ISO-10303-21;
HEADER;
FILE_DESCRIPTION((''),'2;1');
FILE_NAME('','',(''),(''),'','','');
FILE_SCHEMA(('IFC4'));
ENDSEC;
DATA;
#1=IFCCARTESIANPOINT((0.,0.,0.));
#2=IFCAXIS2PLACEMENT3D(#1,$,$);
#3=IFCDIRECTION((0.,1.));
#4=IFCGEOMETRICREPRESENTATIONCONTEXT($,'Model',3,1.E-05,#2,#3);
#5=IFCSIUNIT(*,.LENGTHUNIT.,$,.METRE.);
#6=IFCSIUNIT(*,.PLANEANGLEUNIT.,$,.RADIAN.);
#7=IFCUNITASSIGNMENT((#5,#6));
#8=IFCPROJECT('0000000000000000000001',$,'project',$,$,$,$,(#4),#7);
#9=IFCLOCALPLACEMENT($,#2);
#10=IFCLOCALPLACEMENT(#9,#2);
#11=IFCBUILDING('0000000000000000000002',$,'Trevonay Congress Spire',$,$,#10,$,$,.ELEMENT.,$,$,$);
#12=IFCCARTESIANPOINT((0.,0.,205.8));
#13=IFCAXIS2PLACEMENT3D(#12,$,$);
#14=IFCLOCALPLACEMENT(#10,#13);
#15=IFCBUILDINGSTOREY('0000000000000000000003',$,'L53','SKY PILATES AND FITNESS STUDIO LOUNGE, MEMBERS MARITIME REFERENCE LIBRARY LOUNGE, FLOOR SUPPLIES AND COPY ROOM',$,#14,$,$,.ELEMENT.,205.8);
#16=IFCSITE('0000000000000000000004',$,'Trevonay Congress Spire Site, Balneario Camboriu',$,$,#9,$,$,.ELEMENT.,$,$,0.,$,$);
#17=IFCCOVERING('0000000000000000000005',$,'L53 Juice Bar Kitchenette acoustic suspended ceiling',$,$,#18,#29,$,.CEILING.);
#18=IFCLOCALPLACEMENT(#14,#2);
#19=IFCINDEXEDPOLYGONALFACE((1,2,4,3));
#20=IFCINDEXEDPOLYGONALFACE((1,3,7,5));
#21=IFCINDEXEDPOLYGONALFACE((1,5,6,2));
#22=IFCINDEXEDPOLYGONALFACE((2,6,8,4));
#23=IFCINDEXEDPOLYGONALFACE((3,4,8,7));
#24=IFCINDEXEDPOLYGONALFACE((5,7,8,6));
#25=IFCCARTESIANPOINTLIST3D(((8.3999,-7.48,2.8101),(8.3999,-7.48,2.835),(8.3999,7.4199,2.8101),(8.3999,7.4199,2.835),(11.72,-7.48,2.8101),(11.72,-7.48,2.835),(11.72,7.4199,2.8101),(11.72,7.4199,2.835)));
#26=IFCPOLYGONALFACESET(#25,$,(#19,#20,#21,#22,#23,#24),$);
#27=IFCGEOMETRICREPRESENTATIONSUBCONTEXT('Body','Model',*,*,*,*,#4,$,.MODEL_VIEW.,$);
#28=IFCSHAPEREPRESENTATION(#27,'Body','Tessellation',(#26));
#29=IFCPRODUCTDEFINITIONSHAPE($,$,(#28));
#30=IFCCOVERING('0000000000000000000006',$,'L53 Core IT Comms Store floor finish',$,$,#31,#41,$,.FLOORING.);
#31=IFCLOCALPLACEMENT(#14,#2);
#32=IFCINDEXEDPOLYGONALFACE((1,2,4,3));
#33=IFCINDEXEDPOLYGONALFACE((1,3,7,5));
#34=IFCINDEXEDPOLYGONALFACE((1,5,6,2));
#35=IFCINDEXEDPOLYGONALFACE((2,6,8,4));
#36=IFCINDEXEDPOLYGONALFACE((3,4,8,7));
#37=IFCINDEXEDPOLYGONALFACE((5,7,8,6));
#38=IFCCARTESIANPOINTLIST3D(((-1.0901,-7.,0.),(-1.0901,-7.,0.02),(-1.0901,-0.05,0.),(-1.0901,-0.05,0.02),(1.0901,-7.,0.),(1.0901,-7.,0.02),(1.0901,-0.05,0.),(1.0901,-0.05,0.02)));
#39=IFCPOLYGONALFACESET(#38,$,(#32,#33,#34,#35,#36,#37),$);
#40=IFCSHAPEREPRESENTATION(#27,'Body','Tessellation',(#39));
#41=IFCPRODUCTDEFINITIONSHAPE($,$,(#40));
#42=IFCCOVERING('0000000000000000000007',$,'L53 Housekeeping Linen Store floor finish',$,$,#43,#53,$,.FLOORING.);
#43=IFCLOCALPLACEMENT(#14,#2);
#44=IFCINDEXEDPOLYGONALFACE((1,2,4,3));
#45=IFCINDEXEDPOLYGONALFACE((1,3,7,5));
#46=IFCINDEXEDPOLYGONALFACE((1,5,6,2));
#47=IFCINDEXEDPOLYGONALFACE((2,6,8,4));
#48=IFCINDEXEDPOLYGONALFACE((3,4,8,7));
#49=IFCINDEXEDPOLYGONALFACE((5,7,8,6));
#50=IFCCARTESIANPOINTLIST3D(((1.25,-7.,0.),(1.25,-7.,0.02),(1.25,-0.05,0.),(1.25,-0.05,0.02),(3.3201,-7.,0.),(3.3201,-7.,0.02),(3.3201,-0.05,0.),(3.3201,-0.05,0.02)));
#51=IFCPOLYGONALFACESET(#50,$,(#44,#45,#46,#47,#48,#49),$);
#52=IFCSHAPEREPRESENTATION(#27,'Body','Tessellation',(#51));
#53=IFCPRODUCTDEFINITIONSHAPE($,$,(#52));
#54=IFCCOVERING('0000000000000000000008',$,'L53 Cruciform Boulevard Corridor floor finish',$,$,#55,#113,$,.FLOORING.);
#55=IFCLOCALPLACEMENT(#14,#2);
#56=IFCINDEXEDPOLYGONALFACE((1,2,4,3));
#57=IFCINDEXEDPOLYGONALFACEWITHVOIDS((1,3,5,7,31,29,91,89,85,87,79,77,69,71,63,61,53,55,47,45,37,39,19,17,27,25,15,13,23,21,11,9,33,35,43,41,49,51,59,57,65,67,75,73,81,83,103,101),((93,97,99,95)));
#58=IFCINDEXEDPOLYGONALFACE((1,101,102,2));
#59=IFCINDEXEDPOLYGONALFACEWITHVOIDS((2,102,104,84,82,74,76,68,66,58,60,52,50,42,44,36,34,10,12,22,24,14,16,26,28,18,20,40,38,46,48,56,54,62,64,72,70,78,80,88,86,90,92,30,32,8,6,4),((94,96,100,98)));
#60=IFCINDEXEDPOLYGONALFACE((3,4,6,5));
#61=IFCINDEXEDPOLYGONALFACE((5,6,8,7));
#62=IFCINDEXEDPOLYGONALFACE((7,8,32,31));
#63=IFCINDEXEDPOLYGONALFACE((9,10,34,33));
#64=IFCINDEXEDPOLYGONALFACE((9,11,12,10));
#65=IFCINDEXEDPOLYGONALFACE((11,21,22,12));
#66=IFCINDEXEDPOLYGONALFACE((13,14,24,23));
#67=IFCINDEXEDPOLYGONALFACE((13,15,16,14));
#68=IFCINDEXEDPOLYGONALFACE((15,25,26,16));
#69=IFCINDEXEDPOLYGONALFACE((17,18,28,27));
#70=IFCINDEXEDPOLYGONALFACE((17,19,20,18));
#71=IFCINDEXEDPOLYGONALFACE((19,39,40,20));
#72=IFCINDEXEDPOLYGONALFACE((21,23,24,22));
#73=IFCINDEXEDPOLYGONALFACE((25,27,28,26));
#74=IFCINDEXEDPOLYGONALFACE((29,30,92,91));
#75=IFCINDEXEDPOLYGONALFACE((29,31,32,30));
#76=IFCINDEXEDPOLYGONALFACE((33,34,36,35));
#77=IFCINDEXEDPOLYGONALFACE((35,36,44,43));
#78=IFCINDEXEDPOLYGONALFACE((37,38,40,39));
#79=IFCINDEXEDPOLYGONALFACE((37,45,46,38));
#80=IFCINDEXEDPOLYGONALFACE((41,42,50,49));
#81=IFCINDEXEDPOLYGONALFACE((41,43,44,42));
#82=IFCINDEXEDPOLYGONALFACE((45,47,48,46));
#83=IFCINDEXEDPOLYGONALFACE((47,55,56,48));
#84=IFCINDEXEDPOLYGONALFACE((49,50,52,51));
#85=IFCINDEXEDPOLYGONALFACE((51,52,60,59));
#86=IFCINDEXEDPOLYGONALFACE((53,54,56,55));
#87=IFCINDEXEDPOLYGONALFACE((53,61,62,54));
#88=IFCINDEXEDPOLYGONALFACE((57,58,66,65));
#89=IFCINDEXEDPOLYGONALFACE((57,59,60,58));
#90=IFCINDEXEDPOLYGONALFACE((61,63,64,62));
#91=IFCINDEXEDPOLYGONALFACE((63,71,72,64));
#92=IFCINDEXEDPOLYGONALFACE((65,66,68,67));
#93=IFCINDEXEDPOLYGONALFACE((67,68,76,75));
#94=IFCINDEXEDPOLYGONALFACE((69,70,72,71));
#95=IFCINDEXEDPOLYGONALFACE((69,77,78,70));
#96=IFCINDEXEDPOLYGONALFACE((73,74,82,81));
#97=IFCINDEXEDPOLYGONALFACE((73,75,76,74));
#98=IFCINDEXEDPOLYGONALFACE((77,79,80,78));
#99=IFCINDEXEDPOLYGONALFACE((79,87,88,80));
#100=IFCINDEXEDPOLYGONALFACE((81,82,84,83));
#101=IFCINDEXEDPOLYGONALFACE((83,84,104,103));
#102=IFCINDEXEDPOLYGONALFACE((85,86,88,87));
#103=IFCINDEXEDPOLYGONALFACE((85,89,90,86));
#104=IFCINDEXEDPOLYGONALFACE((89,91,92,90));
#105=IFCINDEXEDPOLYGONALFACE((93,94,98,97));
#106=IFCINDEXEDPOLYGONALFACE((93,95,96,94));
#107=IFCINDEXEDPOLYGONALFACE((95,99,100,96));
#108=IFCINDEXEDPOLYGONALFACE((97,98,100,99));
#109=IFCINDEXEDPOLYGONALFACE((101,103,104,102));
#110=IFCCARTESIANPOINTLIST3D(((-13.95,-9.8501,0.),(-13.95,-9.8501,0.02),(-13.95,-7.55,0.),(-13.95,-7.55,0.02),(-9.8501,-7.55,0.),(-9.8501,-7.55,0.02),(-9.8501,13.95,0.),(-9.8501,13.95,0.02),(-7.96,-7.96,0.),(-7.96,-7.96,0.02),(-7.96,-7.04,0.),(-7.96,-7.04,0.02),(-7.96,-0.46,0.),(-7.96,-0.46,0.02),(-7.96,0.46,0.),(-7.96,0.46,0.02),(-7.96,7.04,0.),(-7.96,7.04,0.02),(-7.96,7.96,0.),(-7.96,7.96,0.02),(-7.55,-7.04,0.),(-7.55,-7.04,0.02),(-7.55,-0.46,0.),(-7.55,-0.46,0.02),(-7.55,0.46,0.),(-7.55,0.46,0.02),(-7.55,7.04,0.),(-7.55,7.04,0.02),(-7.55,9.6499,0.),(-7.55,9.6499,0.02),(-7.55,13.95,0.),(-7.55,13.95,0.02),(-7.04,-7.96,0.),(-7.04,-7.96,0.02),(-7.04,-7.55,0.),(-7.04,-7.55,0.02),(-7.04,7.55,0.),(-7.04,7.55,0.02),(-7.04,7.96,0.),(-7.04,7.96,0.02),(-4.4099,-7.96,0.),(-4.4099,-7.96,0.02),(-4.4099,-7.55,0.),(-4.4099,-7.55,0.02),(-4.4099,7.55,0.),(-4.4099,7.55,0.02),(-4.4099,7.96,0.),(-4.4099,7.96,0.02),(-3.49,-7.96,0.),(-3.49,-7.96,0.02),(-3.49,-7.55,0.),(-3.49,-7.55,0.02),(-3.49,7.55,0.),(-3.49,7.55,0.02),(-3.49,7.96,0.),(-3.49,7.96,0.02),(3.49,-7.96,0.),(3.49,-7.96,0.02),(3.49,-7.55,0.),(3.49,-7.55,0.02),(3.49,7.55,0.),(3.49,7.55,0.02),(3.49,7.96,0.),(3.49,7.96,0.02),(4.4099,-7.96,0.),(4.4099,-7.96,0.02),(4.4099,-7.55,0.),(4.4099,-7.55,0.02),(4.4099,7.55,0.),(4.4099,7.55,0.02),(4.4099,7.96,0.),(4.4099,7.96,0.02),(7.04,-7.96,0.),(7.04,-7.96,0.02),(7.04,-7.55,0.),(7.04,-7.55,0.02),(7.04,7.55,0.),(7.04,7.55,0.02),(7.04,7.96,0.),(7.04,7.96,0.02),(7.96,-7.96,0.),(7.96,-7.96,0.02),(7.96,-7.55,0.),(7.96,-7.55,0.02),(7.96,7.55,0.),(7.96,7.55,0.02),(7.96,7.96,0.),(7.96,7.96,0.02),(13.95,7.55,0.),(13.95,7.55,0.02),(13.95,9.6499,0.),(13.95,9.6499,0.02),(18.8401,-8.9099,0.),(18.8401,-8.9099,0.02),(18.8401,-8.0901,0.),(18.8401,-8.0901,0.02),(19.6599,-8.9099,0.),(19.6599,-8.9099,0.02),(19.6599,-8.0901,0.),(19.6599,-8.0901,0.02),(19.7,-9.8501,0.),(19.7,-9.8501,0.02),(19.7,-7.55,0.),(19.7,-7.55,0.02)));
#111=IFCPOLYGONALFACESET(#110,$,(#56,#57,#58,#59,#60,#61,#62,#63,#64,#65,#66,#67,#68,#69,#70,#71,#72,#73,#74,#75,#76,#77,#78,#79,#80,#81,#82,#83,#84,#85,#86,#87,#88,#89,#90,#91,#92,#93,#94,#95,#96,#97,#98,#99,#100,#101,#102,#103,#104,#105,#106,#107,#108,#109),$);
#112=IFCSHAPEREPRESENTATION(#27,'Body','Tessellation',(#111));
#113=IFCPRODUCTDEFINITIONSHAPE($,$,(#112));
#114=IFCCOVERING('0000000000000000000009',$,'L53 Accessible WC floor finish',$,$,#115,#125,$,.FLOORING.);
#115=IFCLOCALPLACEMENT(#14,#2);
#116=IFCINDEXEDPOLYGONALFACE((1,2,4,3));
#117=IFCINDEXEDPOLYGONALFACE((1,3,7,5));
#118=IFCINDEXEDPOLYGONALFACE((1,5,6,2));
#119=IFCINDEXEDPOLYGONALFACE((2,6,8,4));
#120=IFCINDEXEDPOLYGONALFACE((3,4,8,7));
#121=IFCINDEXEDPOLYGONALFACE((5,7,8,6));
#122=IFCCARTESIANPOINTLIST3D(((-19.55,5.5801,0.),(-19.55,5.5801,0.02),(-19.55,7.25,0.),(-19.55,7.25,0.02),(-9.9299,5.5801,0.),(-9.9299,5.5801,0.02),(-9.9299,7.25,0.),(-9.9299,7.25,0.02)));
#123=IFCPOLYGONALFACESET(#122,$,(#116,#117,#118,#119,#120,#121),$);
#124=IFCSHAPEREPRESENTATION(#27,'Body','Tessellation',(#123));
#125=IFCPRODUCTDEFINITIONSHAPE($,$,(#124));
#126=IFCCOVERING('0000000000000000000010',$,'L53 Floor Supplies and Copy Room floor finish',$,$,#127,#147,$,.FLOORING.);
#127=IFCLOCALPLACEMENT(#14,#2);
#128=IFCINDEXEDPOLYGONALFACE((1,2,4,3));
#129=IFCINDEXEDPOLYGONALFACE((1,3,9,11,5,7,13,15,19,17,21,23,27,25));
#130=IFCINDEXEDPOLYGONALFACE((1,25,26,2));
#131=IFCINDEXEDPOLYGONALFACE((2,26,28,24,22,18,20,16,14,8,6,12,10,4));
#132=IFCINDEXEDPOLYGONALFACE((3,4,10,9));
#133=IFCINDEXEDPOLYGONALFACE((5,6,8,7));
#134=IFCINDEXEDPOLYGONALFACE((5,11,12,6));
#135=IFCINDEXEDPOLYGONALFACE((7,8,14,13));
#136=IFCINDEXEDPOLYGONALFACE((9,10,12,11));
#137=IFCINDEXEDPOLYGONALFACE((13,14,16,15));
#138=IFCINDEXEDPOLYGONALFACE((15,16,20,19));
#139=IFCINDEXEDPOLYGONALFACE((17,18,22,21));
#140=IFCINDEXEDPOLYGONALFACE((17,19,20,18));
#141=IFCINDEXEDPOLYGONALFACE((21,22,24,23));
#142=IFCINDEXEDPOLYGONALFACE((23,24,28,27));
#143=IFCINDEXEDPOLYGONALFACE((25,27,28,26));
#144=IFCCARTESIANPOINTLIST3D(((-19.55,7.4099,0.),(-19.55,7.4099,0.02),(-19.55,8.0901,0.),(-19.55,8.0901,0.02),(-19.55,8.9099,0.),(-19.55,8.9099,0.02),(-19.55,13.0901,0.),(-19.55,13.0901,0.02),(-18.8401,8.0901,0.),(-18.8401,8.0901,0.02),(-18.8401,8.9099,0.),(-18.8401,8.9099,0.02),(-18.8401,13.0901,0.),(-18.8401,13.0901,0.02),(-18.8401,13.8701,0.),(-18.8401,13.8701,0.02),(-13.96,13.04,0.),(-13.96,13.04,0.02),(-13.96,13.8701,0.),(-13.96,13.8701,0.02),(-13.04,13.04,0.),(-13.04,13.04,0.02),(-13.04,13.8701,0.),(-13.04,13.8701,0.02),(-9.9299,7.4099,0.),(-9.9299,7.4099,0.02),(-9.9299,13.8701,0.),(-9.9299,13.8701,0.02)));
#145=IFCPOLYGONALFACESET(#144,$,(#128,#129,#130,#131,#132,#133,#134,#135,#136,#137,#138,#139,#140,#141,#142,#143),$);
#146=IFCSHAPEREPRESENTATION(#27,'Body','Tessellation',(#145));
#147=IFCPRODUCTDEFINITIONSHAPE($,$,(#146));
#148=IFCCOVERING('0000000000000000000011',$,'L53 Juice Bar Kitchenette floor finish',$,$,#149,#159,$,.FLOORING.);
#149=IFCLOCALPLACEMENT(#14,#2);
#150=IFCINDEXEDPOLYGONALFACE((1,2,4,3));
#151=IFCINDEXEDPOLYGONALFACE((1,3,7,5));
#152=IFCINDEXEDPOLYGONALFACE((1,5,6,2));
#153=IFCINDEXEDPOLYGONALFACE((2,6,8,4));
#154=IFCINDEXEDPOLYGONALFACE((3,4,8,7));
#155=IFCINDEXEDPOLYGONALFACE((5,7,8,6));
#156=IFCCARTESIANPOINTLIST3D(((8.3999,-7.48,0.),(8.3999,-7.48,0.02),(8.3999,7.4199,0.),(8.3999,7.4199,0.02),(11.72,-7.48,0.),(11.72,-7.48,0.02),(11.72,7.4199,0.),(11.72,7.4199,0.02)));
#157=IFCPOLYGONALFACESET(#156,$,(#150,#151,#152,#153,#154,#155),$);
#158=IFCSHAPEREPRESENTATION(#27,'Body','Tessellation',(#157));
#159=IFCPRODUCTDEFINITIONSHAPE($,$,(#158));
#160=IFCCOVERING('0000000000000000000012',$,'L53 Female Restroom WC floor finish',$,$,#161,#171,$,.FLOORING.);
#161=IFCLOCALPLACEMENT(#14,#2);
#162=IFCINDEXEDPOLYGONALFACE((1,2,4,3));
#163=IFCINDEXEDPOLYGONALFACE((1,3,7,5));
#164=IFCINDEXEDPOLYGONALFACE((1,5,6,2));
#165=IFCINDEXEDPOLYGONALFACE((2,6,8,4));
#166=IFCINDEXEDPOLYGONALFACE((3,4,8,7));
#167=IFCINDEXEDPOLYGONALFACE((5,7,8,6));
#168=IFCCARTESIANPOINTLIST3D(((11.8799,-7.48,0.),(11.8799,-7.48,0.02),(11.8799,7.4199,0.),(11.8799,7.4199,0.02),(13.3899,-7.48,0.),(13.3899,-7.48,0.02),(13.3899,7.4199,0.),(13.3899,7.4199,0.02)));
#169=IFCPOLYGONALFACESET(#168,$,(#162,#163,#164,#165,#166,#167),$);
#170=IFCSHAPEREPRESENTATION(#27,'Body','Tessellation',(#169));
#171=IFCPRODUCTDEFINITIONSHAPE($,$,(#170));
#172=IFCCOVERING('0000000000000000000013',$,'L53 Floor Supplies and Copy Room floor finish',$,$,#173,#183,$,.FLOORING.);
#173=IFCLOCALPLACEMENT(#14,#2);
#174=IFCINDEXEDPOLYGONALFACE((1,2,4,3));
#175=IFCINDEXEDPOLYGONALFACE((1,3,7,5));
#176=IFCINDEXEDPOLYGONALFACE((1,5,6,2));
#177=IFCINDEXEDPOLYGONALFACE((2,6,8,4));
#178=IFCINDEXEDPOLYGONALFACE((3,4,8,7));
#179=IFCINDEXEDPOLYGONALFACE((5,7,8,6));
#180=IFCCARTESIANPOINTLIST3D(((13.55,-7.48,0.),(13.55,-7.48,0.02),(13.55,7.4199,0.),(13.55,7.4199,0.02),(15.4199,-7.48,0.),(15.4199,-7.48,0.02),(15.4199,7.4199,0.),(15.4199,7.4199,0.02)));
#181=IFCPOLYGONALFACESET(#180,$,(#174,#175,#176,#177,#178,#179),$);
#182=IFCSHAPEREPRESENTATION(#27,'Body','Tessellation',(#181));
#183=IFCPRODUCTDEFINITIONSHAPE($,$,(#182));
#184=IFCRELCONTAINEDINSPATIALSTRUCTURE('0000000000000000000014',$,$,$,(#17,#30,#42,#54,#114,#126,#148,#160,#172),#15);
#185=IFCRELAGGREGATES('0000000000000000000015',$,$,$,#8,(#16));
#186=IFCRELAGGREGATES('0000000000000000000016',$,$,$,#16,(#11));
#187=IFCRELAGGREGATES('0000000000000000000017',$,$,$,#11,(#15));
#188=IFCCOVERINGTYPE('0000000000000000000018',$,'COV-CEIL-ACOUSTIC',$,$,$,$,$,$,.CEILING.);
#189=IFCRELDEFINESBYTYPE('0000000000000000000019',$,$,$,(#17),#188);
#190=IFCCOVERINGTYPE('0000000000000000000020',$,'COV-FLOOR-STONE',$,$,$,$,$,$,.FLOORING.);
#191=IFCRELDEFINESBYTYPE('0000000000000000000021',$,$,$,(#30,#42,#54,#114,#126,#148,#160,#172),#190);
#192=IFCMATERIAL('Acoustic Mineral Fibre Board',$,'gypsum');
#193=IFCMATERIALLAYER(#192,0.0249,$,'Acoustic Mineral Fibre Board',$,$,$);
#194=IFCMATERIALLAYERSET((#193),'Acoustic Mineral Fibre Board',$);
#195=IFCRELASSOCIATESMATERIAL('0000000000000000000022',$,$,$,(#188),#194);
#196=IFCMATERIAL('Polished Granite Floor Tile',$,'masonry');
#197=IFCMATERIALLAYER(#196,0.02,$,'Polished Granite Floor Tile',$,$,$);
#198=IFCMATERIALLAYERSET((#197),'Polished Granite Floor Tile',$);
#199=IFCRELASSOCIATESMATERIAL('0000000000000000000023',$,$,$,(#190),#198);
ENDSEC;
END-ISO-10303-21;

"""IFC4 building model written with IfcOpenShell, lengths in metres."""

from ifc_helpers import new_model, si_unit, direction, frame, origin, place, context, subcontext, project, spatial, polyline, outline, extrude, material, layer, layer_set, type_object, element, save


model = new_model("IFC4")

# Units and contexts
model_context = context("Model", 3, precision=1e-05, world=origin(), true_north=direction((0.0, 1.0)))
body_context = subcontext(model_context, "Body", "Model", "MODEL_VIEW")
ifc_project = project(units=[si_unit("LENGTHUNIT", "METRE"), si_unit("PLANEANGLEUNIT", "RADIAN")], contexts=[model_context])

# Site, building, storey
site_placement = place(None, origin())
site = spatial("IfcSite", under=ifc_project, at=site_placement, Name="Trevonay Congress Spire Site, Balneario Camboriu", CompositionType="ELEMENT", RefElevation=0.0)
building_placement = place(site_placement, origin())
building = spatial("IfcBuilding", under=site, at=building_placement, Name="Trevonay Congress Spire", CompositionType="ELEMENT")
storey_placement = place(building_placement, frame((0.0, 0.0, 205.8)))
storey = spatial("IfcBuildingStorey", under=building, at=storey_placement, Name="L53", Description="SKY PILATES AND FITNESS STUDIO LOUNGE, MEMBERS MARITIME REFERENCE LIBRARY LOUNGE, FLOOR SUPPLIES AND COPY ROOM", CompositionType="ELEMENT", Elevation=205.8)

# Coverings
ifc_material_1 = material(Name="Acoustic Mineral Fibre Board", Category="gypsum")
ifc_layer_1 = layer(ifc_material_1, 0.0249, Name="Acoustic Mineral Fibre Board")
ifc_layer_set_1 = layer_set([ifc_layer_1], Name="Acoustic Mineral Fibre Board")
covering_type_1 = type_object("IfcCoveringType", Name="COV-CEIL-ACOUSTIC", PredefinedType="CEILING", material=ifc_layer_set_1)
covering_1_placement = place(storey_placement, frame((0.0, 0.0, 2.8101)))
element("IfcCovering", 1, at=covering_1_placement, inside=storey, type_object=covering_type_1, Name="L53 Juice Bar Kitchenette acoustic suspended ceiling", PredefinedType="CEILING", context=body_context, shape_type="SweptSolid", body=[
    extrude(outline(polyline([(8.3999, -7.48), (11.72, -7.48), (11.72, 7.4199), (8.3999, 7.4199), (8.3999, -7.48)])), origin(), (0.0, 0.0, 1.0), 0.0249),
])
ifc_material_2 = material(Name="Polished Granite Floor Tile", Category="masonry")
ifc_layer_2 = layer(ifc_material_2, 0.02, Name="Polished Granite Floor Tile")
ifc_layer_set_2 = layer_set([ifc_layer_2], Name="Polished Granite Floor Tile")
covering_type_2 = type_object("IfcCoveringType", Name="COV-FLOOR-STONE", PredefinedType="FLOORING", material=ifc_layer_set_2)
covering_2_placement = place(storey_placement, origin())
element("IfcCovering", 2, at=covering_2_placement, inside=storey, type_object=covering_type_2, Name="L53 Core IT Comms Store floor finish", PredefinedType="FLOORING", context=body_context, shape_type="SweptSolid", body=[
    extrude(outline(polyline([(-1.0901, -7.0), (1.0901, -7.0), (1.0901, -0.05), (-1.0901, -0.05), (-1.0901, -7.0)])), origin(), (0.0, 0.0, 1.0), 0.02),
])
covering_3_placement = place(storey_placement, origin())
element("IfcCovering", 3, at=covering_3_placement, inside=storey, type_object=covering_type_2, Name="L53 Housekeeping Linen Store floor finish", PredefinedType="FLOORING", context=body_context, shape_type="SweptSolid", body=[
    extrude(outline(polyline([(1.25, -7.0), (3.3201, -7.0), (3.3201, -0.05), (1.25, -0.05), (1.25, -7.0)])), origin(), (0.0, 0.0, 1.0), 0.02),
])
covering_4_placement = place(storey_placement, origin())
element("IfcCovering", 4, at=covering_4_placement, inside=storey, type_object=covering_type_2, Name="L53 Cruciform Boulevard Corridor floor finish", PredefinedType="FLOORING", context=body_context, shape_type="SweptSolid", body=[
    extrude(outline(polyline([(19.7, -7.55), (19.7, -9.8501), (-13.95, -9.8501), (-13.95, -7.55), (-9.8501, -7.55), (-9.8501, 13.95), (-7.55, 13.95), (-7.55, 9.6499), (13.95, 9.6499), (13.95, 7.55), (7.96, 7.55), (7.96, 7.96), (7.04, 7.96), (7.04, 7.55), (4.4099, 7.55), (4.4099, 7.96), (3.49, 7.96), (3.49, 7.55), (-3.49, 7.55), (-3.49, 7.96), (-4.4099, 7.96), (-4.4099, 7.55), (-7.04, 7.55), (-7.04, 7.96), (-7.96, 7.96), (-7.96, 7.04), (-7.55, 7.04), (-7.55, 0.46), (-7.96, 0.46), (-7.96, -0.46), (-7.55, -0.46), (-7.55, -7.04), (-7.96, -7.04), (-7.96, -7.96), (-7.04, -7.96), (-7.04, -7.55), (-4.4099, -7.55), (-4.4099, -7.96), (-3.49, -7.96), (-3.49, -7.55), (3.49, -7.55), (3.49, -7.96), (4.4099, -7.96), (4.4099, -7.55), (7.04, -7.55), (7.04, -7.96), (7.96, -7.96), (7.96, -7.55), (19.7, -7.55)]), holes=[polyline([(19.6599, -8.0901), (18.8401, -8.0901), (18.8401, -8.9099), (19.6599, -8.9099), (19.6599, -8.0901)])]), origin(), (0.0, 0.0, 1.0), 0.02),
])
covering_5_placement = place(storey_placement, origin())
element("IfcCovering", 5, at=covering_5_placement, inside=storey, type_object=covering_type_2, Name="L53 Accessible WC floor finish", PredefinedType="FLOORING", context=body_context, shape_type="SweptSolid", body=[
    extrude(outline(polyline([(-19.55, 5.5801), (-9.9299, 5.5801), (-9.9299, 7.25), (-19.55, 7.25), (-19.55, 5.5801)])), origin(), (0.0, 0.0, 1.0), 0.02),
])
covering_6_placement = place(storey_placement, origin())
element("IfcCovering", 6, at=covering_6_placement, inside=storey, type_object=covering_type_2, Name="L53 Floor Supplies and Copy Room floor finish", PredefinedType="FLOORING", context=body_context, shape_type="SweptSolid", body=[
    extrude(outline(polyline([(-9.9299, 13.8701), (-9.9299, 7.4099), (-19.55, 7.4099), (-19.55, 8.0901), (-18.8401, 8.0901), (-18.8401, 8.9099), (-19.55, 8.9099), (-19.55, 13.0901), (-18.8401, 13.0901), (-18.8401, 13.8701), (-13.96, 13.8701), (-13.96, 13.04), (-13.04, 13.04), (-13.04, 13.8701), (-9.9299, 13.8701)])), origin(), (0.0, 0.0, 1.0), 0.02),
])
covering_7_placement = place(storey_placement, origin())
element("IfcCovering", 7, at=covering_7_placement, inside=storey, type_object=covering_type_2, Name="L53 Juice Bar Kitchenette floor finish", PredefinedType="FLOORING", context=body_context, shape_type="SweptSolid", body=[
    extrude(outline(polyline([(8.3999, -7.48), (11.72, -7.48), (11.72, 7.4199), (8.3999, 7.4199), (8.3999, -7.48)])), origin(), (0.0, 0.0, 1.0), 0.02),
])
covering_8_placement = place(storey_placement, origin())
element("IfcCovering", 8, at=covering_8_placement, inside=storey, type_object=covering_type_2, Name="L53 Female Restroom WC floor finish", PredefinedType="FLOORING", context=body_context, shape_type="SweptSolid", body=[
    extrude(outline(polyline([(11.8799, -7.48), (13.3899, -7.48), (13.3899, 7.4199), (11.8799, 7.4199), (11.8799, -7.48)])), origin(), (0.0, 0.0, 1.0), 0.02),
])
covering_9_placement = place(storey_placement, origin())
element("IfcCovering", 9, at=covering_9_placement, inside=storey, type_object=covering_type_2, Name="L53 Floor Supplies and Copy Room floor finish", PredefinedType="FLOORING", context=body_context, shape_type="SweptSolid", body=[
    extrude(outline(polyline([(13.55, -7.48), (15.4199, -7.48), (15.4199, 7.4199), (13.55, 7.4199), (13.55, -7.48)])), origin(), (0.0, 0.0, 1.0), 0.02),
])

save(model, "model.ifc")
